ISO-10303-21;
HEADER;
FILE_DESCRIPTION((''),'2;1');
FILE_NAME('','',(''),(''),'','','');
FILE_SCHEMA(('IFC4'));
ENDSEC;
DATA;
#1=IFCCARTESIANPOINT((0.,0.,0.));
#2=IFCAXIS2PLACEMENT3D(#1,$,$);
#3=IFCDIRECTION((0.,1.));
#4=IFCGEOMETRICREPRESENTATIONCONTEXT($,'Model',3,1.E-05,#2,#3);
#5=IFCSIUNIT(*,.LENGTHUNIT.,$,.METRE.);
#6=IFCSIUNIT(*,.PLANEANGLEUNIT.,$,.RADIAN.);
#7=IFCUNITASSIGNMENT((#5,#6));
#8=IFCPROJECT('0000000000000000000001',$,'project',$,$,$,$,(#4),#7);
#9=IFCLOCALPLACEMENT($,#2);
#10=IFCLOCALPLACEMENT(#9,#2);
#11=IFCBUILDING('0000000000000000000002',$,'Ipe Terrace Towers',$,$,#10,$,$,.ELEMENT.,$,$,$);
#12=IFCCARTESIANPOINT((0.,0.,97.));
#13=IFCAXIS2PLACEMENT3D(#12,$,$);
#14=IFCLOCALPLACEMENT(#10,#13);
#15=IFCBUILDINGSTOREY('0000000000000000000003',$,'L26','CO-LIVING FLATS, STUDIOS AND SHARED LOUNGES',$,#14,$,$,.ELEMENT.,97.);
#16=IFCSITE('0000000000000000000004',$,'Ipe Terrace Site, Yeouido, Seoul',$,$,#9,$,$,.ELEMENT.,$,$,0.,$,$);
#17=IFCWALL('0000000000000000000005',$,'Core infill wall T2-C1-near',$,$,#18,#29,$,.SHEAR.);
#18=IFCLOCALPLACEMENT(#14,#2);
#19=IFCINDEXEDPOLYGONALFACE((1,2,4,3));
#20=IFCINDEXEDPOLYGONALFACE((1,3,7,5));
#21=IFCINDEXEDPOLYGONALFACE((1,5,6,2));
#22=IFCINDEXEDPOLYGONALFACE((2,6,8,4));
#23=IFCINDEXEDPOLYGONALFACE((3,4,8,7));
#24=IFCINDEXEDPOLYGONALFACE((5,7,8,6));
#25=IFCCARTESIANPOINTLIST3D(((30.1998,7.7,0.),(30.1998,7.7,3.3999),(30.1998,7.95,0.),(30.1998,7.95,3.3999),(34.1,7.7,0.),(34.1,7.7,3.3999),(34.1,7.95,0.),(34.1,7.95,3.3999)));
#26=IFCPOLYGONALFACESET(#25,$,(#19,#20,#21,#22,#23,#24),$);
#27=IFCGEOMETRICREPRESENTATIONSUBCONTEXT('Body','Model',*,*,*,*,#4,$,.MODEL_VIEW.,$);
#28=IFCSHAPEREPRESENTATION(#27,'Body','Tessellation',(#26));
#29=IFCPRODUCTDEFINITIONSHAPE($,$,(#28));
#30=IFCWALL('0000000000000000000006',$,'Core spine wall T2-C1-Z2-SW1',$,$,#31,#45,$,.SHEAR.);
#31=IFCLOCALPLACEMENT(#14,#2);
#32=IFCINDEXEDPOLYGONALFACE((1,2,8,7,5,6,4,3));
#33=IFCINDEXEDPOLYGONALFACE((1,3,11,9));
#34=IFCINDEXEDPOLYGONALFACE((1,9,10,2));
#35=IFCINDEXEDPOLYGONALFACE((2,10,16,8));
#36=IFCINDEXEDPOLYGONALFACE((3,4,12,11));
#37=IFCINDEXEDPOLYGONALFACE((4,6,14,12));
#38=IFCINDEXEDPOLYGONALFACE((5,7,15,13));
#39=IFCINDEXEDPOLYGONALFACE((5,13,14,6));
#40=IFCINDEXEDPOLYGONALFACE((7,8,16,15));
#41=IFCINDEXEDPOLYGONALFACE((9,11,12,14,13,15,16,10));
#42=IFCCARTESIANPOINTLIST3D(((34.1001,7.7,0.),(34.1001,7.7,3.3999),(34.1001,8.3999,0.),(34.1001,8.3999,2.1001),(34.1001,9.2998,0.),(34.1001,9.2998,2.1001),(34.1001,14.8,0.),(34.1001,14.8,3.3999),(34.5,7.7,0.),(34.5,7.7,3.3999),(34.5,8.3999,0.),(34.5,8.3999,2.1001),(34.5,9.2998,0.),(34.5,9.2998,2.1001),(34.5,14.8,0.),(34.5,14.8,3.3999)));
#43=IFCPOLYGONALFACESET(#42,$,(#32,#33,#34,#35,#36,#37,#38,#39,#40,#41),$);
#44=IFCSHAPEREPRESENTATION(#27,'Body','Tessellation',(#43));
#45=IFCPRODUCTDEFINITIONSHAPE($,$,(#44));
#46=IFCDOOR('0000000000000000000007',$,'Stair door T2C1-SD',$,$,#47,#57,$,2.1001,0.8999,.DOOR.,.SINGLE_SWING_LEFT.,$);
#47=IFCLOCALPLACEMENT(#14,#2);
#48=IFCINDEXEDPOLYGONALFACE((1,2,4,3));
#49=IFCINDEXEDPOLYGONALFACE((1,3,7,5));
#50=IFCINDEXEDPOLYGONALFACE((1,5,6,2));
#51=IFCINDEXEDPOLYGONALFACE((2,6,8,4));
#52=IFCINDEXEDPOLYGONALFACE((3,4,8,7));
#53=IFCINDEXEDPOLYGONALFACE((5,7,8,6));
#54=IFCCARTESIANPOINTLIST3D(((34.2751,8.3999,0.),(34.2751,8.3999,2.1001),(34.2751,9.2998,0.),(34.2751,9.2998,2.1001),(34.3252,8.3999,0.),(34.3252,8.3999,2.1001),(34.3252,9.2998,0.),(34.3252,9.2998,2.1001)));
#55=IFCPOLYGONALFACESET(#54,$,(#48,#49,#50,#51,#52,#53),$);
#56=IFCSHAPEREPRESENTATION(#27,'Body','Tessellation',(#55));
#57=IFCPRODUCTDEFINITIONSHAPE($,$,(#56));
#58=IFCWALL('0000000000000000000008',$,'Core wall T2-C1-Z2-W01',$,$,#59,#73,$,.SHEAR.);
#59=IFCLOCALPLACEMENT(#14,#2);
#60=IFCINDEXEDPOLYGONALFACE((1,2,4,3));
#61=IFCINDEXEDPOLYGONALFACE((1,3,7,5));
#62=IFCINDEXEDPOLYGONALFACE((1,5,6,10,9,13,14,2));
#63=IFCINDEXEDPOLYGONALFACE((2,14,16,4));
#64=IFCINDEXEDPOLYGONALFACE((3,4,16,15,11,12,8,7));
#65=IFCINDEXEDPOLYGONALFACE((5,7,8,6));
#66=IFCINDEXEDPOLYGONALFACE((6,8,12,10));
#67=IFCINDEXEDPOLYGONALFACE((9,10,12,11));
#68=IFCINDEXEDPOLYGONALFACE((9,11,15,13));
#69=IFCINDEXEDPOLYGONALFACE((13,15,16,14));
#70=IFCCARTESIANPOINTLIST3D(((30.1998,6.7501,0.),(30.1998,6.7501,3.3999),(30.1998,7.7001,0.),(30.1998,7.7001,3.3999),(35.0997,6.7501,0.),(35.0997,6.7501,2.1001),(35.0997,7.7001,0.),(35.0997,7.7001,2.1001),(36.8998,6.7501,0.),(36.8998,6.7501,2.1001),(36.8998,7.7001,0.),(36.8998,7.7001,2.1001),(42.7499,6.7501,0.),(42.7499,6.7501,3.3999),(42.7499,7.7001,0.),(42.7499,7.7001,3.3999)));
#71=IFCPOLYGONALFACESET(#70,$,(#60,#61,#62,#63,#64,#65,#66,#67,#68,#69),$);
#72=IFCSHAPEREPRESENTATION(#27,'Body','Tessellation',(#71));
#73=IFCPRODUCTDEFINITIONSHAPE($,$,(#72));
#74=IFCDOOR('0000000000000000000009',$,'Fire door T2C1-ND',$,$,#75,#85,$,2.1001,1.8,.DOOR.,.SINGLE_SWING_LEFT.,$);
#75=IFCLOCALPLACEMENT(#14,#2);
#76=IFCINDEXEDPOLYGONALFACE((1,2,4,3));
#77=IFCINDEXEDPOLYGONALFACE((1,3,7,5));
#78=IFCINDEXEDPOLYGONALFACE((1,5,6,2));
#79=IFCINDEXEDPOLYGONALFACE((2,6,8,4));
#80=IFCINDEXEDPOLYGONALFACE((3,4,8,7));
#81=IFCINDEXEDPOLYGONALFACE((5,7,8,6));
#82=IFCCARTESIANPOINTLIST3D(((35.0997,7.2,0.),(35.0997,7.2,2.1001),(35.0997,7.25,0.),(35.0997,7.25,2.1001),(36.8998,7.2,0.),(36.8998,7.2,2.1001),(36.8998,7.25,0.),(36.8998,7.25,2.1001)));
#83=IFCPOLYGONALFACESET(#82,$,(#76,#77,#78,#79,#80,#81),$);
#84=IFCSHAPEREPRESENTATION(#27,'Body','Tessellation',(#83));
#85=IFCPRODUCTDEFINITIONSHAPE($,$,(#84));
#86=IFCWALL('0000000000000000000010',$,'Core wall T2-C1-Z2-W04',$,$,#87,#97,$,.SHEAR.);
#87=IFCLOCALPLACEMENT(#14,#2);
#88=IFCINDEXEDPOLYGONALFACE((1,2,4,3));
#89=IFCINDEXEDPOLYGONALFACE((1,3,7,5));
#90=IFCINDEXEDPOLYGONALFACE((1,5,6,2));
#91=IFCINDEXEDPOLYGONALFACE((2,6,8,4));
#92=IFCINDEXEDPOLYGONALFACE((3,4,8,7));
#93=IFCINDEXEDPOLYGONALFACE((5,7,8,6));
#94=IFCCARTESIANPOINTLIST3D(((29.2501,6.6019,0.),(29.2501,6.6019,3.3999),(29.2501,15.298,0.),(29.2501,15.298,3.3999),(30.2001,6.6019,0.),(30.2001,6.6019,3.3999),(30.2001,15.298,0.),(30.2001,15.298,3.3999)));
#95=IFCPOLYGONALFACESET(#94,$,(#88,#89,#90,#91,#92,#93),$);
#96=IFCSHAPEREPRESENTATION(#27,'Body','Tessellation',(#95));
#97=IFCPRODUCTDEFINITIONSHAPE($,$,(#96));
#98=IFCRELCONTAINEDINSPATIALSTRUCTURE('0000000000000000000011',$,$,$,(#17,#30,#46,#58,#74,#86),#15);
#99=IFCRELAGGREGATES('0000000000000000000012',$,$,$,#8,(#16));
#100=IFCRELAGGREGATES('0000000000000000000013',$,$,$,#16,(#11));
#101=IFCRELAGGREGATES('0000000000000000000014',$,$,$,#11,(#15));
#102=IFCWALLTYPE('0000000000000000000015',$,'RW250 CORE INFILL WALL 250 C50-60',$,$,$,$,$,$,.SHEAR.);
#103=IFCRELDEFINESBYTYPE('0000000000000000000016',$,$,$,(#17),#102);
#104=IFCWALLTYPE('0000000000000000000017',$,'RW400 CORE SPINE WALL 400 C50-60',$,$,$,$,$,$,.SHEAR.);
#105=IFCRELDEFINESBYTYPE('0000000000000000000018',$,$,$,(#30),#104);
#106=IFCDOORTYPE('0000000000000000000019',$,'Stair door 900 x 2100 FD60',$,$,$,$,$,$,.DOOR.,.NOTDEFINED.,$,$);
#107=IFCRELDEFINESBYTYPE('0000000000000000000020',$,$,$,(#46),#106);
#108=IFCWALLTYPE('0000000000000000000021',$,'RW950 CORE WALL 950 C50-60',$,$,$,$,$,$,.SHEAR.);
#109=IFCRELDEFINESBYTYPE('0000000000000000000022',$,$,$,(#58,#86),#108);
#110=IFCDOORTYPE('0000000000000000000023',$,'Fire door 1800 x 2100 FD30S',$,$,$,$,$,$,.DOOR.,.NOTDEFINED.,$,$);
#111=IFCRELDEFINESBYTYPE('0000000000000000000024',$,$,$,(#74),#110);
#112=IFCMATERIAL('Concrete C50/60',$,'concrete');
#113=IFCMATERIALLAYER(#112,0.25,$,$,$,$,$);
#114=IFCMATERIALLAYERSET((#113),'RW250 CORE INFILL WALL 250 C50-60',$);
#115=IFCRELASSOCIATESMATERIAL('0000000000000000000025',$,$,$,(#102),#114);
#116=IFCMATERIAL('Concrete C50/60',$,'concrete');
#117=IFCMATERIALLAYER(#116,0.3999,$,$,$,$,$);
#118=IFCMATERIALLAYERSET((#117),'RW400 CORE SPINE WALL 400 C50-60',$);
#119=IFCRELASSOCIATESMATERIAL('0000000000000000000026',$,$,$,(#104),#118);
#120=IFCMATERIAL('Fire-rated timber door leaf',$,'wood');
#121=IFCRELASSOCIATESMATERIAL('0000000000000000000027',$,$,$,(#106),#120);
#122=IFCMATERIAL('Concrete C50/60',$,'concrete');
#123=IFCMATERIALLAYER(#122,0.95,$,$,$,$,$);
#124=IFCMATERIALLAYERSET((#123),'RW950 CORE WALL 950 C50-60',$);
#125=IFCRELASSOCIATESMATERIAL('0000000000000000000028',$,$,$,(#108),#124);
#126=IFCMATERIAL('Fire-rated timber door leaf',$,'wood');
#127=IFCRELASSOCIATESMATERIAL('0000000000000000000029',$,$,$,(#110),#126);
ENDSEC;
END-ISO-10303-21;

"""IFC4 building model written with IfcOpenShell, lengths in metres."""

from ifc_helpers import new_model, si_unit, direction, frame, frame_2d, origin, place, context, subcontext, project, spatial, rectangle, extrude, material, layer, layer_set, type_object, element, fill, save


model = new_model("IFC4")

# Units and contexts
model_context = context("Model", 3, precision=1e-05, world=origin(), true_north=direction((0.0, 1.0)))
body_context = subcontext(model_context, "Body", "Model", "MODEL_VIEW")
ifc_project = project(units=[si_unit("LENGTHUNIT", "METRE"), si_unit("PLANEANGLEUNIT", "RADIAN")], contexts=[model_context])

# Site, building, storey
site_placement = place(None, origin())
site = spatial("IfcSite", under=ifc_project, at=site_placement, Name="Ipe Terrace Site, Yeouido, Seoul", CompositionType="ELEMENT", RefElevation=0.0)
building_placement = place(site_placement, origin())
building = spatial("IfcBuilding", under=site, at=building_placement, Name="Ipe Terrace Towers", CompositionType="ELEMENT")
storey_placement = place(building_placement, frame((0.0, 0.0, 97.0)))
storey = spatial("IfcBuildingStorey", under=building, at=storey_placement, Name="L26", Description="CO-LIVING FLATS, STUDIOS AND SHARED LOUNGES", CompositionType="ELEMENT", Elevation=97.0)

# Wall
ifc_material_1 = material(Name="Concrete C50/60", Category="concrete")
ifc_layer_1 = layer(ifc_material_1, 0.25)
ifc_layer_set_1 = layer_set([ifc_layer_1], Name="RW250 CORE INFILL WALL 250 C50-60")
wall_type_1 = type_object("IfcWallType", Name="RW250 CORE INFILL WALL 250 C50-60", PredefinedType="SHEAR", material=ifc_layer_set_1)
wall_1_placement = place(storey_placement, frame((34.1001, 7.825, 0.0), z_axis=(0.0, 0.0, 1.0), x_axis=(-1.0, 0.0, 0.0)))
element("IfcWall", 1, at=wall_1_placement, inside=storey, type_object=wall_type_1, Name="Core infill wall T2-C1-near", PredefinedType="SHEAR", context=body_context, shape_type="SweptSolid", body=[
    extrude(rectangle(XDim=3.9001, YDim=0.25, at=frame_2d((1.9502, 0.0))), origin(), (0.0, 0.0, 1.0), 3.3999),
])

# Walls, openings, doors
ifc_material_2 = material(Name="Concrete C50/60", Category="concrete")
ifc_layer_2 = layer(ifc_material_2, 0.3999)
ifc_layer_set_2 = layer_set([ifc_layer_2], Name="RW400 CORE SPINE WALL 400 C50-60")
wall_type_2 = type_object("IfcWallType", Name="RW400 CORE SPINE WALL 400 C50-60", PredefinedType="SHEAR", material=ifc_layer_set_2)
wall_2_placement = place(storey_placement, frame((34.3, 7.7, 0.0), z_axis=(0.0, 0.0, 1.0), x_axis=(0.0, 1.0, 0.0)))
wall_2 = element("IfcWall", 2, at=wall_2_placement, inside=storey, type_object=wall_type_2, Name="Core spine wall T2-C1-Z2-SW1", PredefinedType="SHEAR", context=body_context, shape_type="SweptSolid", body=[
    extrude(rectangle(XDim=7.1001, YDim=0.3999, at=frame_2d((3.55, 0.0))), origin(), (0.0, 0.0, 1.0), 3.3999),
])
opening_1_placement = place(wall_2_placement, frame((0.7, 0.0, 0.0)))
opening_1 = element("IfcOpeningElement", 3, at=opening_1_placement, cuts=wall_2, PredefinedType="OPENING", context=body_context, shape_type="SweptSolid", body=[
    extrude(rectangle(XDim=0.8999, YDim=2.1001, at=frame_2d((0.45, 1.05))), frame((0.0, 0.21, 0.0), z_axis=(0.0, -1.0, 0.0), x_axis=(1.0, 0.0, 0.0)), (0.0, 0.0, 1.0), 0.4199),
])
ifc_material_3 = material(Name="Fire-rated timber door leaf", Category="wood")
door_type_1 = type_object("IfcDoorType", Name="Stair door 900 x 2100 FD60", OperationType="NOTDEFINED", PredefinedType="DOOR", material=ifc_material_3)
door_1_placement = place(opening_1_placement, origin())
door_1 = element("IfcDoor", 4, at=door_1_placement, inside=storey, type_object=door_type_1, Name="Stair door T2C1-SD", OperationType="SINGLE_SWING_LEFT", OverallHeight=2.1001, OverallWidth=0.8999, PredefinedType="DOOR", context=body_context, shape_type="SweptSolid", body=[
    extrude(rectangle(XDim=0.8999, YDim=2.1001, at=frame_2d((0.45, 1.05))), frame((0.0, 0.0249, 0.0), z_axis=(0.0, -1.0, 0.0), x_axis=(1.0, 0.0, 0.0)), (0.0, 0.0, 1.0), 0.05),
])
fill(opening_1, door_1)
ifc_material_4 = material(Name="Concrete C50/60", Category="concrete")
ifc_layer_3 = layer(ifc_material_4, 0.95)
ifc_layer_set_3 = layer_set([ifc_layer_3], Name="RW950 CORE WALL 950 C50-60")
wall_type_3 = type_object("IfcWallType", Name="RW950 CORE WALL 950 C50-60", PredefinedType="SHEAR", material=ifc_layer_set_3)
wall_3_placement = place(storey_placement, frame((30.2, 7.2251, 0.0), z_axis=(0.0, 0.0, 1.0), x_axis=(1.0, 0.0, 0.0)))
wall_3 = element("IfcWall", 5, at=wall_3_placement, inside=storey, type_object=wall_type_3, Name="Core wall T2-C1-Z2-W01", PredefinedType="SHEAR", context=body_context, shape_type="SweptSolid", body=[
    extrude(rectangle(XDim=12.55, YDim=0.95, at=frame_2d((6.2749, 0.0))), origin(), (0.0, 0.0, 1.0), 3.3999),
])
opening_2_placement = place(wall_3_placement, frame((4.8999, 0.0, 0.0)))
opening_2 = element("IfcOpeningElement", 6, at=opening_2_placement, cuts=wall_3, PredefinedType="OPENING", context=body_context, shape_type="SweptSolid", body=[
    extrude(rectangle(XDim=1.8, YDim=2.1001, at=frame_2d((0.8999, 1.05))), frame((0.0, 0.4849, 0.0), z_axis=(0.0, -1.0, 0.0), x_axis=(1.0, 0.0, 0.0)), (0.0, 0.0, 1.0), 0.97),
])
ifc_material_5 = material(Name="Fire-rated timber door leaf", Category="wood")
door_type_2 = type_object("IfcDoorType", Name="Fire door 1800 x 2100 FD30S", OperationType="NOTDEFINED", PredefinedType="DOOR", material=ifc_material_5)
door_2_placement = place(opening_2_placement, origin())
door_2 = element("IfcDoor", 7, at=door_2_placement, inside=storey, type_object=door_type_2, Name="Fire door T2C1-ND", OperationType="SINGLE_SWING_LEFT", OverallHeight=2.1001, OverallWidth=1.8, PredefinedType="DOOR", context=body_context, shape_type="SweptSolid", body=[
    extrude(rectangle(XDim=1.8, YDim=2.1001, at=frame_2d((0.8999, 1.05))), frame((0.0, 0.0249, 0.0), z_axis=(0.0, -1.0, 0.0), x_axis=(1.0, 0.0, 0.0)), (0.0, 0.0, 1.0), 0.05),
])
fill(opening_2, door_2)

# Wall
wall_4_placement = place(storey_placement, frame((29.7251, 15.2981, 0.0), z_axis=(0.0, 0.0, 1.0), x_axis=(0.0, -1.0, 0.0)))
element("IfcWall", 8, at=wall_4_placement, inside=storey, type_object=wall_type_3, Name="Core wall T2-C1-Z2-W04", PredefinedType="SHEAR", context=body_context, shape_type="SweptSolid", body=[
    extrude(rectangle(XDim=8.696, YDim=0.95, at=frame_2d((4.3481, 0.0))), origin(), (0.0, 0.0, 1.0), 3.3999),
])

save(model, "model.ifc")
